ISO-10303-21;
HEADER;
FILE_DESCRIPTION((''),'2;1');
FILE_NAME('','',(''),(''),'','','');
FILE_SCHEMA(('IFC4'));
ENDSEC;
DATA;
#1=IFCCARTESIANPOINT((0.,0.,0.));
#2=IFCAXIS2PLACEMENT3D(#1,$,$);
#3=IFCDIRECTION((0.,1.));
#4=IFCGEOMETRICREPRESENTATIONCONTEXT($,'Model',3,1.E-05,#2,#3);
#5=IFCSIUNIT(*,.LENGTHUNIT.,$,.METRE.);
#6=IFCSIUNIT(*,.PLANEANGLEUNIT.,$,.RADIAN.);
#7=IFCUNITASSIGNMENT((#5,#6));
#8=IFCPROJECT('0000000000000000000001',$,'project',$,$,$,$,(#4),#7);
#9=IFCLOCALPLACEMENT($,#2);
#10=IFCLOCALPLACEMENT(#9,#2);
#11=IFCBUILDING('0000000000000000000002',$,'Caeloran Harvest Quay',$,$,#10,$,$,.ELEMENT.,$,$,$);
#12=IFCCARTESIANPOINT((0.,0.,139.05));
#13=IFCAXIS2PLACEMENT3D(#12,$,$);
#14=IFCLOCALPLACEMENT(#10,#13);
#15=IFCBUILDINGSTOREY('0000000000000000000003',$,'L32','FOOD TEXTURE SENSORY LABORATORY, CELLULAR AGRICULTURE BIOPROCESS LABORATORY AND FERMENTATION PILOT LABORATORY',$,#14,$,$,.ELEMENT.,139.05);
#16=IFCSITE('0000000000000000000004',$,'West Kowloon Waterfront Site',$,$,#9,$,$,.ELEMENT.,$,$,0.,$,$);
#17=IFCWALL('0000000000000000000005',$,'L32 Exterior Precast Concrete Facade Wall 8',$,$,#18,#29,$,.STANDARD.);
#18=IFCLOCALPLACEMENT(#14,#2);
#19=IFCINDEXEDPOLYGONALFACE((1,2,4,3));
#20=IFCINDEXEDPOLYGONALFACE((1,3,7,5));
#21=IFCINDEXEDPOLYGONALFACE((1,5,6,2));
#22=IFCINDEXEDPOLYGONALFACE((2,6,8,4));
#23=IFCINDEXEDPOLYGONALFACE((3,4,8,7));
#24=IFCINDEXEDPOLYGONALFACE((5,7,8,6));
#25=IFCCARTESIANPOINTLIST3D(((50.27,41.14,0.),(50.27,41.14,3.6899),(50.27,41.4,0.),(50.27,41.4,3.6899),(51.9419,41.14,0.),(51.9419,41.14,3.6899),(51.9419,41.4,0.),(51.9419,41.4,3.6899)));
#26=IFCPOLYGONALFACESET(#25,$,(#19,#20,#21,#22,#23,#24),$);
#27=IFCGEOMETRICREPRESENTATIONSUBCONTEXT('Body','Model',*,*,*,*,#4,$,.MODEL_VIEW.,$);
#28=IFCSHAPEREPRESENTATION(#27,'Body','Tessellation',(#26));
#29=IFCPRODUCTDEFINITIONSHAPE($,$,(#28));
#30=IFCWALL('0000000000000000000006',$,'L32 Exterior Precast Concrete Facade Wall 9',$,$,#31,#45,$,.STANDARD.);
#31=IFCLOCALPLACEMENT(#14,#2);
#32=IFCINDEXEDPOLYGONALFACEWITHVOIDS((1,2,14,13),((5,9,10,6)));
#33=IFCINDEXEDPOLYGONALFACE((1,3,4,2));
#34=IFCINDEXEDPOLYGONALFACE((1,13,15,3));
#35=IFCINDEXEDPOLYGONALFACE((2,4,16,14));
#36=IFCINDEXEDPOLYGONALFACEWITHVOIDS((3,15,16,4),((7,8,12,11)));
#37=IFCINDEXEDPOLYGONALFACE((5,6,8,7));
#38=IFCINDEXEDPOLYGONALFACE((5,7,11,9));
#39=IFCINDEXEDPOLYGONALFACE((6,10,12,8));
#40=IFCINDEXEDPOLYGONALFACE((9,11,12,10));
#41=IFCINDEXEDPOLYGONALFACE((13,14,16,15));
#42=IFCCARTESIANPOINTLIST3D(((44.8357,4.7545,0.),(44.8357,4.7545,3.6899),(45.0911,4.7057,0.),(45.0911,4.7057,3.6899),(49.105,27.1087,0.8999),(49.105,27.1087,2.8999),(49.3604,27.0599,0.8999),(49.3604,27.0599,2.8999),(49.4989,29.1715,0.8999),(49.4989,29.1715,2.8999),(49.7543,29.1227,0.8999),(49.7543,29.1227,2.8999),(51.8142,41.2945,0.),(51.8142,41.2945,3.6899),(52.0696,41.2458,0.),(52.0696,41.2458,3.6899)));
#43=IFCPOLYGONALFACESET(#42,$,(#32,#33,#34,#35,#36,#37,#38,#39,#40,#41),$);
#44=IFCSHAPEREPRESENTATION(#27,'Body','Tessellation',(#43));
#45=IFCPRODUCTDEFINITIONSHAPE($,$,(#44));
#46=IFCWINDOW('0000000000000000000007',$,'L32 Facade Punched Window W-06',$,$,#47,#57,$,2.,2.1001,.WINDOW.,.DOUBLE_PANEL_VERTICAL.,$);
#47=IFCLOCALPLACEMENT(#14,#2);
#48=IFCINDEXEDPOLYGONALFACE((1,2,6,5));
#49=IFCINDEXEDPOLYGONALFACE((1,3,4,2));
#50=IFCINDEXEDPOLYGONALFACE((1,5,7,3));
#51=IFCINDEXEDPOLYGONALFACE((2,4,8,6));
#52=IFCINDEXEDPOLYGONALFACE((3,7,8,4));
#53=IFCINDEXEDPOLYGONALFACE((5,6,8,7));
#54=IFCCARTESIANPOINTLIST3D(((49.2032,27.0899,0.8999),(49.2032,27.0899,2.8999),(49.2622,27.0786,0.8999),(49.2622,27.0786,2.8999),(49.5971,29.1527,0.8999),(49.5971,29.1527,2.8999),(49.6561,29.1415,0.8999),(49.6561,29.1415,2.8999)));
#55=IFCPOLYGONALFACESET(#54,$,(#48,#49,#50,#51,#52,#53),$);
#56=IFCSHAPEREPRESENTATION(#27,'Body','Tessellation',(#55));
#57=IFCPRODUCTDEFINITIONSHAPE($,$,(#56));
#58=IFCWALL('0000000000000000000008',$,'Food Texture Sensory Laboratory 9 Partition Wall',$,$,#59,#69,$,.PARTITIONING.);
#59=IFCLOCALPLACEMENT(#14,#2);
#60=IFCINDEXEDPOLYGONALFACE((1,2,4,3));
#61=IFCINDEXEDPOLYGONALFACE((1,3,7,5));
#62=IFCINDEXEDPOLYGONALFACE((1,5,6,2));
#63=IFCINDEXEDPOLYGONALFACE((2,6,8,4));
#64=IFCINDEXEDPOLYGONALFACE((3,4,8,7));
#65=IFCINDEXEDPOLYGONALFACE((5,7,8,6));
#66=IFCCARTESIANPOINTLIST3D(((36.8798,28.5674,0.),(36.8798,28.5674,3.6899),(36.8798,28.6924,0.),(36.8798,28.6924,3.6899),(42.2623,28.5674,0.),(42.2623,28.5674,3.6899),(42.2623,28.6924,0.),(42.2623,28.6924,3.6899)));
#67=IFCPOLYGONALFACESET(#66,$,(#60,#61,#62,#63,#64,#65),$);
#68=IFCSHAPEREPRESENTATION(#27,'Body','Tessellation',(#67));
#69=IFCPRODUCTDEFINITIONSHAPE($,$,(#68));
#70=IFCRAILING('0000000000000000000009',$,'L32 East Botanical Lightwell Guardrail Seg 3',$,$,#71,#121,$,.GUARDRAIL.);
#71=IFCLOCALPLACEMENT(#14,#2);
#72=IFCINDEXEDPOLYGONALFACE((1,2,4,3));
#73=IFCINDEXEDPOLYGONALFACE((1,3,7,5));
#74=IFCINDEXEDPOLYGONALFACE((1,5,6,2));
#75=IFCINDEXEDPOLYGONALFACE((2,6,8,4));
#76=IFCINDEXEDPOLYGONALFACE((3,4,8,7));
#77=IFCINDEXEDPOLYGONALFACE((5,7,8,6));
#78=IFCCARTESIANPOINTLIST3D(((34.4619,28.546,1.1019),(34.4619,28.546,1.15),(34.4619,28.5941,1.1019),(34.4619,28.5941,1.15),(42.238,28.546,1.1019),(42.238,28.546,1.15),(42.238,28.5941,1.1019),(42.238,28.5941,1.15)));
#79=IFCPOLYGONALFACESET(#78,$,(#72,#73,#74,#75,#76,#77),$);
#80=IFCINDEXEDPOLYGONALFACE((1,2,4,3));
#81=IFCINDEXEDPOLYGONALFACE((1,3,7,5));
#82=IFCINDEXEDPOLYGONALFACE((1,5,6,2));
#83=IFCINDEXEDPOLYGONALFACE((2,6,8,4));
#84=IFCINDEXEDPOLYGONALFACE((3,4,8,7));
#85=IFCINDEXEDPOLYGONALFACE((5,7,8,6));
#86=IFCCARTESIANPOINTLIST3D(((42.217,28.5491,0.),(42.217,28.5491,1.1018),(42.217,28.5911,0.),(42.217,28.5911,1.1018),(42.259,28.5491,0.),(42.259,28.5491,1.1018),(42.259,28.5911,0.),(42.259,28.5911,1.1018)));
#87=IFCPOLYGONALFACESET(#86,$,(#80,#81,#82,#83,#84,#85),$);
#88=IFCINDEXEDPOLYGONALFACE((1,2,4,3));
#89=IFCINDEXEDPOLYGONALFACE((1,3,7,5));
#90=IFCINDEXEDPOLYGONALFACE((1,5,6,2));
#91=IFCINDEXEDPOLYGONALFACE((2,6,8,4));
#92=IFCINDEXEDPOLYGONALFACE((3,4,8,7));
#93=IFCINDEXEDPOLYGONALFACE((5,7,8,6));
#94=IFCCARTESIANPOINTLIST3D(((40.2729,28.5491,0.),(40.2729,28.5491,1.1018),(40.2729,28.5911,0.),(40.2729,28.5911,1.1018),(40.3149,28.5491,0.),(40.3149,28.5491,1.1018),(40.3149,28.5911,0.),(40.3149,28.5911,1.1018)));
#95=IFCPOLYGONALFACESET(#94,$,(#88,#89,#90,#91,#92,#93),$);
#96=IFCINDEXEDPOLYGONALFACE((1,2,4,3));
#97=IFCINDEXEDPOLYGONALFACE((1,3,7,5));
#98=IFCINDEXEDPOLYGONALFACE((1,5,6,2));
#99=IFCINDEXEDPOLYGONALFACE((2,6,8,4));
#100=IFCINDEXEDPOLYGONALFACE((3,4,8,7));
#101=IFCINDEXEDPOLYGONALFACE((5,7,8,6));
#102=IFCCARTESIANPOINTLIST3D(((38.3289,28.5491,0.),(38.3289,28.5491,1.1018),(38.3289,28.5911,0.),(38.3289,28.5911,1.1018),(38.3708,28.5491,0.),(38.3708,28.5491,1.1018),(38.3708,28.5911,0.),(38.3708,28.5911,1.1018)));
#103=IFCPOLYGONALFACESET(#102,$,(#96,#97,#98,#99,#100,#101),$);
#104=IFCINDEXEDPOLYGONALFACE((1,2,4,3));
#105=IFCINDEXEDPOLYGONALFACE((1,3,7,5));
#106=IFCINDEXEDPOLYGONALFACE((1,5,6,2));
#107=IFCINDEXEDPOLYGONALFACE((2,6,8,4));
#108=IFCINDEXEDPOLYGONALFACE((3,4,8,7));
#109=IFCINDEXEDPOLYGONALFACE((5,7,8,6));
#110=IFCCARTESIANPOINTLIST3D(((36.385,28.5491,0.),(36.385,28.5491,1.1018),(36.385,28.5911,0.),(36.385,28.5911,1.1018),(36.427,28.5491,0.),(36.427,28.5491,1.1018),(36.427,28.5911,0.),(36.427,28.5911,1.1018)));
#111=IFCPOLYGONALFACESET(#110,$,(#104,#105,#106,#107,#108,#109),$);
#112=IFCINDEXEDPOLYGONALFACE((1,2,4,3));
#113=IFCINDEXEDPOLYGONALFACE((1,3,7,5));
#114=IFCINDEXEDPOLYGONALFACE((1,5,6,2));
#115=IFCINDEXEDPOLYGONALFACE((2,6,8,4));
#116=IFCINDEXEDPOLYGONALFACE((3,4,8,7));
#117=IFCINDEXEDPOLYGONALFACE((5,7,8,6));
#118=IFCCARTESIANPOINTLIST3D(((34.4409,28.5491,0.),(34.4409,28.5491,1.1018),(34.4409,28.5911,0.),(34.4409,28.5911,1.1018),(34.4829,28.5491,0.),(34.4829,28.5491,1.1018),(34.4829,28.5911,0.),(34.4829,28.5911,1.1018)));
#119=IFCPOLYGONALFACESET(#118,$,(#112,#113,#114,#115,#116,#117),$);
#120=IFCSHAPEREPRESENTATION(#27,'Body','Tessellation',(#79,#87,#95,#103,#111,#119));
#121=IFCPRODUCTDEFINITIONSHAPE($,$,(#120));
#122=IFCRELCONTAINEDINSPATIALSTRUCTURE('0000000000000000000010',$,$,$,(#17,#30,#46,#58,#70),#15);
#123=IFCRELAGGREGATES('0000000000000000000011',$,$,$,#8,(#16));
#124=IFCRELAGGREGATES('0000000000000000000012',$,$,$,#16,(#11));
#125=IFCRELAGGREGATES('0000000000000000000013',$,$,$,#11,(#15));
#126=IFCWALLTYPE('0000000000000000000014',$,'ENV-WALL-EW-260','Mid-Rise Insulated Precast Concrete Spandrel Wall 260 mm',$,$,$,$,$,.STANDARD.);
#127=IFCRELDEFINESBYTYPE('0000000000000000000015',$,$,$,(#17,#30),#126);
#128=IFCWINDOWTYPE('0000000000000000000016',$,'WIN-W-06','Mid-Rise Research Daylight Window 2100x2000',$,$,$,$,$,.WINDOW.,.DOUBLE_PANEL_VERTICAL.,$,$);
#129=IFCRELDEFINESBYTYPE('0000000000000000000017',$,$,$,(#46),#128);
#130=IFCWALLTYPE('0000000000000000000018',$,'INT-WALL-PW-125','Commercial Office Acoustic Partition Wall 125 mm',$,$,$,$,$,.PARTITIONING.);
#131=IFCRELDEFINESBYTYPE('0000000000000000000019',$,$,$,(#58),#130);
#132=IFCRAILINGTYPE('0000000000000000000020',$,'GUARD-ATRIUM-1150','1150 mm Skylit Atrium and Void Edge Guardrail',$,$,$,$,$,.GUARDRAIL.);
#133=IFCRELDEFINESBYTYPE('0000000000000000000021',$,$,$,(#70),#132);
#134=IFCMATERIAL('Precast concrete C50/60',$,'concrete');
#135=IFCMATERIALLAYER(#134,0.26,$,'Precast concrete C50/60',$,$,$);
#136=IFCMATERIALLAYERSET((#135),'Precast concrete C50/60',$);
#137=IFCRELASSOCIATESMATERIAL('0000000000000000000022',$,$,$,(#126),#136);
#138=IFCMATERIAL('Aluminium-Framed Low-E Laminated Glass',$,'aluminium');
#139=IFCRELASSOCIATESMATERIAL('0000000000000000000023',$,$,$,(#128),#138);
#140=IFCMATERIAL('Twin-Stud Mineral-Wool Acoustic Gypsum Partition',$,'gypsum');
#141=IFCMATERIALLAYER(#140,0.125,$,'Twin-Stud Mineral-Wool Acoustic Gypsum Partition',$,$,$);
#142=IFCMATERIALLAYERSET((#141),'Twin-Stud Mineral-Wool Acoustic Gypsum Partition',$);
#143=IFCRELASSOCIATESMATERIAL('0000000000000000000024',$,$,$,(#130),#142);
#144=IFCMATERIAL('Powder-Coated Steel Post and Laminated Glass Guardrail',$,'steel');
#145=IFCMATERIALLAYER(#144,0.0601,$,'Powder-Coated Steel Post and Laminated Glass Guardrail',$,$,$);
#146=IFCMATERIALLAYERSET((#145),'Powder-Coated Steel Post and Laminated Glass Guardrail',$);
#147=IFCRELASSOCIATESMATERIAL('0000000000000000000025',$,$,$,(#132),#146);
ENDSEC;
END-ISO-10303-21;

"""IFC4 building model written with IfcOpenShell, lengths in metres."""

from ifc_helpers import new_model, si_unit, direction, frame, frame_2d, origin, origin_2d, place, context, subcontext, project, spatial, rectangle, extrude, material, layer, layer_set, type_object, element, fill, save


model = new_model("IFC4")

# Units and contexts
model_context = context("Model", 3, precision=1e-05, world=origin(), true_north=direction((0.0, 1.0)))
body_context = subcontext(model_context, "Body", "Model", "MODEL_VIEW")
ifc_project = project(units=[si_unit("LENGTHUNIT", "METRE"), si_unit("PLANEANGLEUNIT", "RADIAN")], contexts=[model_context])

# Site, building, storey
site_placement = place(None, origin())
site = spatial("IfcSite", under=ifc_project, at=site_placement, Name="West Kowloon Waterfront Site", CompositionType="ELEMENT", RefElevation=0.0)
building_placement = place(site_placement, origin())
building = spatial("IfcBuilding", under=site, at=building_placement, Name="Caeloran Harvest Quay", CompositionType="ELEMENT")
storey_placement = place(building_placement, frame((0.0, 0.0, 139.05)))
storey = spatial("IfcBuildingStorey", under=building, at=storey_placement, Name="L32", Description="FOOD TEXTURE SENSORY LABORATORY, CELLULAR AGRICULTURE BIOPROCESS LABORATORY AND FERMENTATION PILOT LABORATORY", CompositionType="ELEMENT", Elevation=139.05)

# Wall
ifc_material_1 = material(Name="Precast concrete C50/60", Category="concrete")
ifc_layer_1 = layer(ifc_material_1, 0.26, Name="Precast concrete C50/60")
ifc_layer_set_1 = layer_set([ifc_layer_1], Name="Precast concrete C50/60")
wall_type_1 = type_object("IfcWallType", Name="ENV-WALL-EW-260", Description="Mid-Rise Insulated Precast Concrete Spandrel Wall 260 mm", PredefinedType="STANDARD", material=ifc_layer_set_1)
wall_1_placement = place(storey_placement, frame((50.27, 41.27, 0.0), z_axis=(0.0, 0.0, 1.0), x_axis=(1.0, 0.0, 0.0)))
element("IfcWall", 1, at=wall_1_placement, inside=storey, type_object=wall_type_1, Name="L32 Exterior Precast Concrete Facade Wall 8", PredefinedType="STANDARD", context=body_context, shape_type="SweptSolid", body=[
    extrude(rectangle(XDim=1.6719, YDim=0.26, at=frame_2d((0.8359, 0.0))), origin(), (0.0, 0.0, 1.0), 3.6899),
])

# Wall, opening, window
wall_2_placement = place(storey_placement, frame((51.9419, 41.27, 0.0), z_axis=(0.0, 0.0, 1.0), x_axis=(-0.187592, -0.982247, 0.0)))
wall_2 = element("IfcWall", 2, at=wall_2_placement, inside=storey, type_object=wall_type_1, Name="L32 Exterior Precast Concrete Facade Wall 9", PredefinedType="STANDARD", context=body_context, shape_type="SweptSolid", body=[
    extrude(rectangle(XDim=37.2004, YDim=0.26, at=frame_2d((18.6001, 0.0))), origin(), (0.0, 0.0, 1.0), 3.6899),
])
opening_placement = place(wall_2_placement, frame((12.342, 0.0, 0.8999)))
opening = element("IfcOpeningElement", 3, at=opening_placement, cuts=wall_2, PredefinedType="OPENING", context=body_context, shape_type="SweptSolid", body=[
    extrude(rectangle(XDim=2.1001, YDim=2.0, at=frame_2d((1.05, 1.0))), frame((0.0, 0.1401, 0.0), z_axis=(0.0, -1.0, 0.0), x_axis=(1.0, 0.0, 0.0)), (0.0, 0.0, 1.0), 0.28),
])
ifc_material_2 = material(Name="Aluminium-Framed Low-E Laminated Glass", Category="aluminium")
window_type = type_object("IfcWindowType", Name="WIN-W-06", Description="Mid-Rise Research Daylight Window 2100x2000", PartitioningType="DOUBLE_PANEL_VERTICAL", PredefinedType="WINDOW", material=ifc_material_2)
window_placement = place(opening_placement, origin())
window = element("IfcWindow", 4, at=window_placement, inside=storey, type_object=window_type, Name="L32 Facade Punched Window W-06", OverallHeight=2.0, OverallWidth=2.1001, PartitioningType="DOUBLE_PANEL_VERTICAL", PredefinedType="WINDOW", context=body_context, shape_type="SweptSolid", body=[
    extrude(rectangle(XDim=2.1001, YDim=2.0, at=frame_2d((1.05, 1.0))), frame((0.0, 0.03, 0.0), z_axis=(0.0, -1.0, 0.0), x_axis=(1.0, 0.0, 0.0)), (0.0, 0.0, 1.0), 0.0601),
])
fill(opening, window)

# Wall
ifc_material_3 = material(Name="Twin-Stud Mineral-Wool Acoustic Gypsum Partition", Category="gypsum")
ifc_layer_2 = layer(ifc_material_3, 0.125, Name="Twin-Stud Mineral-Wool Acoustic Gypsum Partition")
ifc_layer_set_2 = layer_set([ifc_layer_2], Name="Twin-Stud Mineral-Wool Acoustic Gypsum Partition")
wall_type_2 = type_object("IfcWallType", Name="INT-WALL-PW-125", Description="Commercial Office Acoustic Partition Wall 125 mm", PredefinedType="PARTITIONING", material=ifc_layer_set_2)
wall_3_placement = place(storey_placement, frame((42.2625, 28.6299, 0.0), z_axis=(0.0, 0.0, 1.0), x_axis=(-1.0, 0.0, 0.0)))
element("IfcWall", 5, at=wall_3_placement, inside=storey, type_object=wall_type_2, Name="Food Texture Sensory Laboratory 9 Partition Wall", PredefinedType="PARTITIONING", context=body_context, shape_type="SweptSolid", body=[
    extrude(rectangle(XDim=5.3826, YDim=0.125, at=frame_2d((2.6914, 0.0))), origin(), (0.0, 0.0, 1.0), 3.6899),
])

# Railing
ifc_material_4 = material(Name="Powder-Coated Steel Post and Laminated Glass Guardrail", Category="steel")
ifc_layer_3 = layer(ifc_material_4, 0.0601, Name="Powder-Coated Steel Post and Laminated Glass Guardrail")
ifc_layer_set_3 = layer_set([ifc_layer_3], Name="Powder-Coated Steel Post and Laminated Glass Guardrail")
railing_type = type_object("IfcRailingType", Name="GUARD-ATRIUM-1150", Description="1150 mm Skylit Atrium and Void Edge Guardrail", PredefinedType="GUARDRAIL", material=ifc_layer_set_3)
railing_placement = place(storey_placement, frame((42.238, 28.5701, 0.0)))
element("IfcRailing", 6, at=railing_placement, inside=storey, type_object=railing_type, Name="L32 East Botanical Lightwell Guardrail Seg 3", PredefinedType="GUARDRAIL", context=body_context, shape_type="SweptSolid", body=[
    extrude(rectangle(XDim=0.0481, YDim=0.0481, at=origin_2d()), frame((0.0, 0.0, 1.126), z_axis=(-1.0, 0.0, 0.0), x_axis=(0.0, -1.0, 0.0)), (0.0, 0.0, 1.0), 7.7761),
    extrude(rectangle(XDim=0.042, YDim=0.042, at=origin_2d()), origin(), (0.0, 0.0, 1.0), 1.1018),
    extrude(rectangle(XDim=0.042, YDim=0.042, at=origin_2d()), frame((-1.9441, 0.0, 0.0)), (0.0, 0.0, 1.0), 1.1018),
    extrude(rectangle(XDim=0.042, YDim=0.042, at=origin_2d()), frame((-3.8882, 0.0, 0.0)), (0.0, 0.0, 1.0), 1.1018),
    extrude(rectangle(XDim=0.042, YDim=0.042, at=origin_2d()), frame((-5.832, 0.0, 0.0)), (0.0, 0.0, 1.0), 1.1018),
    extrude(rectangle(XDim=0.042, YDim=0.042, at=origin_2d()), frame((-7.7761, 0.0, 0.0)), (0.0, 0.0, 1.0), 1.1018),
])

save(model, "model.ifc")
